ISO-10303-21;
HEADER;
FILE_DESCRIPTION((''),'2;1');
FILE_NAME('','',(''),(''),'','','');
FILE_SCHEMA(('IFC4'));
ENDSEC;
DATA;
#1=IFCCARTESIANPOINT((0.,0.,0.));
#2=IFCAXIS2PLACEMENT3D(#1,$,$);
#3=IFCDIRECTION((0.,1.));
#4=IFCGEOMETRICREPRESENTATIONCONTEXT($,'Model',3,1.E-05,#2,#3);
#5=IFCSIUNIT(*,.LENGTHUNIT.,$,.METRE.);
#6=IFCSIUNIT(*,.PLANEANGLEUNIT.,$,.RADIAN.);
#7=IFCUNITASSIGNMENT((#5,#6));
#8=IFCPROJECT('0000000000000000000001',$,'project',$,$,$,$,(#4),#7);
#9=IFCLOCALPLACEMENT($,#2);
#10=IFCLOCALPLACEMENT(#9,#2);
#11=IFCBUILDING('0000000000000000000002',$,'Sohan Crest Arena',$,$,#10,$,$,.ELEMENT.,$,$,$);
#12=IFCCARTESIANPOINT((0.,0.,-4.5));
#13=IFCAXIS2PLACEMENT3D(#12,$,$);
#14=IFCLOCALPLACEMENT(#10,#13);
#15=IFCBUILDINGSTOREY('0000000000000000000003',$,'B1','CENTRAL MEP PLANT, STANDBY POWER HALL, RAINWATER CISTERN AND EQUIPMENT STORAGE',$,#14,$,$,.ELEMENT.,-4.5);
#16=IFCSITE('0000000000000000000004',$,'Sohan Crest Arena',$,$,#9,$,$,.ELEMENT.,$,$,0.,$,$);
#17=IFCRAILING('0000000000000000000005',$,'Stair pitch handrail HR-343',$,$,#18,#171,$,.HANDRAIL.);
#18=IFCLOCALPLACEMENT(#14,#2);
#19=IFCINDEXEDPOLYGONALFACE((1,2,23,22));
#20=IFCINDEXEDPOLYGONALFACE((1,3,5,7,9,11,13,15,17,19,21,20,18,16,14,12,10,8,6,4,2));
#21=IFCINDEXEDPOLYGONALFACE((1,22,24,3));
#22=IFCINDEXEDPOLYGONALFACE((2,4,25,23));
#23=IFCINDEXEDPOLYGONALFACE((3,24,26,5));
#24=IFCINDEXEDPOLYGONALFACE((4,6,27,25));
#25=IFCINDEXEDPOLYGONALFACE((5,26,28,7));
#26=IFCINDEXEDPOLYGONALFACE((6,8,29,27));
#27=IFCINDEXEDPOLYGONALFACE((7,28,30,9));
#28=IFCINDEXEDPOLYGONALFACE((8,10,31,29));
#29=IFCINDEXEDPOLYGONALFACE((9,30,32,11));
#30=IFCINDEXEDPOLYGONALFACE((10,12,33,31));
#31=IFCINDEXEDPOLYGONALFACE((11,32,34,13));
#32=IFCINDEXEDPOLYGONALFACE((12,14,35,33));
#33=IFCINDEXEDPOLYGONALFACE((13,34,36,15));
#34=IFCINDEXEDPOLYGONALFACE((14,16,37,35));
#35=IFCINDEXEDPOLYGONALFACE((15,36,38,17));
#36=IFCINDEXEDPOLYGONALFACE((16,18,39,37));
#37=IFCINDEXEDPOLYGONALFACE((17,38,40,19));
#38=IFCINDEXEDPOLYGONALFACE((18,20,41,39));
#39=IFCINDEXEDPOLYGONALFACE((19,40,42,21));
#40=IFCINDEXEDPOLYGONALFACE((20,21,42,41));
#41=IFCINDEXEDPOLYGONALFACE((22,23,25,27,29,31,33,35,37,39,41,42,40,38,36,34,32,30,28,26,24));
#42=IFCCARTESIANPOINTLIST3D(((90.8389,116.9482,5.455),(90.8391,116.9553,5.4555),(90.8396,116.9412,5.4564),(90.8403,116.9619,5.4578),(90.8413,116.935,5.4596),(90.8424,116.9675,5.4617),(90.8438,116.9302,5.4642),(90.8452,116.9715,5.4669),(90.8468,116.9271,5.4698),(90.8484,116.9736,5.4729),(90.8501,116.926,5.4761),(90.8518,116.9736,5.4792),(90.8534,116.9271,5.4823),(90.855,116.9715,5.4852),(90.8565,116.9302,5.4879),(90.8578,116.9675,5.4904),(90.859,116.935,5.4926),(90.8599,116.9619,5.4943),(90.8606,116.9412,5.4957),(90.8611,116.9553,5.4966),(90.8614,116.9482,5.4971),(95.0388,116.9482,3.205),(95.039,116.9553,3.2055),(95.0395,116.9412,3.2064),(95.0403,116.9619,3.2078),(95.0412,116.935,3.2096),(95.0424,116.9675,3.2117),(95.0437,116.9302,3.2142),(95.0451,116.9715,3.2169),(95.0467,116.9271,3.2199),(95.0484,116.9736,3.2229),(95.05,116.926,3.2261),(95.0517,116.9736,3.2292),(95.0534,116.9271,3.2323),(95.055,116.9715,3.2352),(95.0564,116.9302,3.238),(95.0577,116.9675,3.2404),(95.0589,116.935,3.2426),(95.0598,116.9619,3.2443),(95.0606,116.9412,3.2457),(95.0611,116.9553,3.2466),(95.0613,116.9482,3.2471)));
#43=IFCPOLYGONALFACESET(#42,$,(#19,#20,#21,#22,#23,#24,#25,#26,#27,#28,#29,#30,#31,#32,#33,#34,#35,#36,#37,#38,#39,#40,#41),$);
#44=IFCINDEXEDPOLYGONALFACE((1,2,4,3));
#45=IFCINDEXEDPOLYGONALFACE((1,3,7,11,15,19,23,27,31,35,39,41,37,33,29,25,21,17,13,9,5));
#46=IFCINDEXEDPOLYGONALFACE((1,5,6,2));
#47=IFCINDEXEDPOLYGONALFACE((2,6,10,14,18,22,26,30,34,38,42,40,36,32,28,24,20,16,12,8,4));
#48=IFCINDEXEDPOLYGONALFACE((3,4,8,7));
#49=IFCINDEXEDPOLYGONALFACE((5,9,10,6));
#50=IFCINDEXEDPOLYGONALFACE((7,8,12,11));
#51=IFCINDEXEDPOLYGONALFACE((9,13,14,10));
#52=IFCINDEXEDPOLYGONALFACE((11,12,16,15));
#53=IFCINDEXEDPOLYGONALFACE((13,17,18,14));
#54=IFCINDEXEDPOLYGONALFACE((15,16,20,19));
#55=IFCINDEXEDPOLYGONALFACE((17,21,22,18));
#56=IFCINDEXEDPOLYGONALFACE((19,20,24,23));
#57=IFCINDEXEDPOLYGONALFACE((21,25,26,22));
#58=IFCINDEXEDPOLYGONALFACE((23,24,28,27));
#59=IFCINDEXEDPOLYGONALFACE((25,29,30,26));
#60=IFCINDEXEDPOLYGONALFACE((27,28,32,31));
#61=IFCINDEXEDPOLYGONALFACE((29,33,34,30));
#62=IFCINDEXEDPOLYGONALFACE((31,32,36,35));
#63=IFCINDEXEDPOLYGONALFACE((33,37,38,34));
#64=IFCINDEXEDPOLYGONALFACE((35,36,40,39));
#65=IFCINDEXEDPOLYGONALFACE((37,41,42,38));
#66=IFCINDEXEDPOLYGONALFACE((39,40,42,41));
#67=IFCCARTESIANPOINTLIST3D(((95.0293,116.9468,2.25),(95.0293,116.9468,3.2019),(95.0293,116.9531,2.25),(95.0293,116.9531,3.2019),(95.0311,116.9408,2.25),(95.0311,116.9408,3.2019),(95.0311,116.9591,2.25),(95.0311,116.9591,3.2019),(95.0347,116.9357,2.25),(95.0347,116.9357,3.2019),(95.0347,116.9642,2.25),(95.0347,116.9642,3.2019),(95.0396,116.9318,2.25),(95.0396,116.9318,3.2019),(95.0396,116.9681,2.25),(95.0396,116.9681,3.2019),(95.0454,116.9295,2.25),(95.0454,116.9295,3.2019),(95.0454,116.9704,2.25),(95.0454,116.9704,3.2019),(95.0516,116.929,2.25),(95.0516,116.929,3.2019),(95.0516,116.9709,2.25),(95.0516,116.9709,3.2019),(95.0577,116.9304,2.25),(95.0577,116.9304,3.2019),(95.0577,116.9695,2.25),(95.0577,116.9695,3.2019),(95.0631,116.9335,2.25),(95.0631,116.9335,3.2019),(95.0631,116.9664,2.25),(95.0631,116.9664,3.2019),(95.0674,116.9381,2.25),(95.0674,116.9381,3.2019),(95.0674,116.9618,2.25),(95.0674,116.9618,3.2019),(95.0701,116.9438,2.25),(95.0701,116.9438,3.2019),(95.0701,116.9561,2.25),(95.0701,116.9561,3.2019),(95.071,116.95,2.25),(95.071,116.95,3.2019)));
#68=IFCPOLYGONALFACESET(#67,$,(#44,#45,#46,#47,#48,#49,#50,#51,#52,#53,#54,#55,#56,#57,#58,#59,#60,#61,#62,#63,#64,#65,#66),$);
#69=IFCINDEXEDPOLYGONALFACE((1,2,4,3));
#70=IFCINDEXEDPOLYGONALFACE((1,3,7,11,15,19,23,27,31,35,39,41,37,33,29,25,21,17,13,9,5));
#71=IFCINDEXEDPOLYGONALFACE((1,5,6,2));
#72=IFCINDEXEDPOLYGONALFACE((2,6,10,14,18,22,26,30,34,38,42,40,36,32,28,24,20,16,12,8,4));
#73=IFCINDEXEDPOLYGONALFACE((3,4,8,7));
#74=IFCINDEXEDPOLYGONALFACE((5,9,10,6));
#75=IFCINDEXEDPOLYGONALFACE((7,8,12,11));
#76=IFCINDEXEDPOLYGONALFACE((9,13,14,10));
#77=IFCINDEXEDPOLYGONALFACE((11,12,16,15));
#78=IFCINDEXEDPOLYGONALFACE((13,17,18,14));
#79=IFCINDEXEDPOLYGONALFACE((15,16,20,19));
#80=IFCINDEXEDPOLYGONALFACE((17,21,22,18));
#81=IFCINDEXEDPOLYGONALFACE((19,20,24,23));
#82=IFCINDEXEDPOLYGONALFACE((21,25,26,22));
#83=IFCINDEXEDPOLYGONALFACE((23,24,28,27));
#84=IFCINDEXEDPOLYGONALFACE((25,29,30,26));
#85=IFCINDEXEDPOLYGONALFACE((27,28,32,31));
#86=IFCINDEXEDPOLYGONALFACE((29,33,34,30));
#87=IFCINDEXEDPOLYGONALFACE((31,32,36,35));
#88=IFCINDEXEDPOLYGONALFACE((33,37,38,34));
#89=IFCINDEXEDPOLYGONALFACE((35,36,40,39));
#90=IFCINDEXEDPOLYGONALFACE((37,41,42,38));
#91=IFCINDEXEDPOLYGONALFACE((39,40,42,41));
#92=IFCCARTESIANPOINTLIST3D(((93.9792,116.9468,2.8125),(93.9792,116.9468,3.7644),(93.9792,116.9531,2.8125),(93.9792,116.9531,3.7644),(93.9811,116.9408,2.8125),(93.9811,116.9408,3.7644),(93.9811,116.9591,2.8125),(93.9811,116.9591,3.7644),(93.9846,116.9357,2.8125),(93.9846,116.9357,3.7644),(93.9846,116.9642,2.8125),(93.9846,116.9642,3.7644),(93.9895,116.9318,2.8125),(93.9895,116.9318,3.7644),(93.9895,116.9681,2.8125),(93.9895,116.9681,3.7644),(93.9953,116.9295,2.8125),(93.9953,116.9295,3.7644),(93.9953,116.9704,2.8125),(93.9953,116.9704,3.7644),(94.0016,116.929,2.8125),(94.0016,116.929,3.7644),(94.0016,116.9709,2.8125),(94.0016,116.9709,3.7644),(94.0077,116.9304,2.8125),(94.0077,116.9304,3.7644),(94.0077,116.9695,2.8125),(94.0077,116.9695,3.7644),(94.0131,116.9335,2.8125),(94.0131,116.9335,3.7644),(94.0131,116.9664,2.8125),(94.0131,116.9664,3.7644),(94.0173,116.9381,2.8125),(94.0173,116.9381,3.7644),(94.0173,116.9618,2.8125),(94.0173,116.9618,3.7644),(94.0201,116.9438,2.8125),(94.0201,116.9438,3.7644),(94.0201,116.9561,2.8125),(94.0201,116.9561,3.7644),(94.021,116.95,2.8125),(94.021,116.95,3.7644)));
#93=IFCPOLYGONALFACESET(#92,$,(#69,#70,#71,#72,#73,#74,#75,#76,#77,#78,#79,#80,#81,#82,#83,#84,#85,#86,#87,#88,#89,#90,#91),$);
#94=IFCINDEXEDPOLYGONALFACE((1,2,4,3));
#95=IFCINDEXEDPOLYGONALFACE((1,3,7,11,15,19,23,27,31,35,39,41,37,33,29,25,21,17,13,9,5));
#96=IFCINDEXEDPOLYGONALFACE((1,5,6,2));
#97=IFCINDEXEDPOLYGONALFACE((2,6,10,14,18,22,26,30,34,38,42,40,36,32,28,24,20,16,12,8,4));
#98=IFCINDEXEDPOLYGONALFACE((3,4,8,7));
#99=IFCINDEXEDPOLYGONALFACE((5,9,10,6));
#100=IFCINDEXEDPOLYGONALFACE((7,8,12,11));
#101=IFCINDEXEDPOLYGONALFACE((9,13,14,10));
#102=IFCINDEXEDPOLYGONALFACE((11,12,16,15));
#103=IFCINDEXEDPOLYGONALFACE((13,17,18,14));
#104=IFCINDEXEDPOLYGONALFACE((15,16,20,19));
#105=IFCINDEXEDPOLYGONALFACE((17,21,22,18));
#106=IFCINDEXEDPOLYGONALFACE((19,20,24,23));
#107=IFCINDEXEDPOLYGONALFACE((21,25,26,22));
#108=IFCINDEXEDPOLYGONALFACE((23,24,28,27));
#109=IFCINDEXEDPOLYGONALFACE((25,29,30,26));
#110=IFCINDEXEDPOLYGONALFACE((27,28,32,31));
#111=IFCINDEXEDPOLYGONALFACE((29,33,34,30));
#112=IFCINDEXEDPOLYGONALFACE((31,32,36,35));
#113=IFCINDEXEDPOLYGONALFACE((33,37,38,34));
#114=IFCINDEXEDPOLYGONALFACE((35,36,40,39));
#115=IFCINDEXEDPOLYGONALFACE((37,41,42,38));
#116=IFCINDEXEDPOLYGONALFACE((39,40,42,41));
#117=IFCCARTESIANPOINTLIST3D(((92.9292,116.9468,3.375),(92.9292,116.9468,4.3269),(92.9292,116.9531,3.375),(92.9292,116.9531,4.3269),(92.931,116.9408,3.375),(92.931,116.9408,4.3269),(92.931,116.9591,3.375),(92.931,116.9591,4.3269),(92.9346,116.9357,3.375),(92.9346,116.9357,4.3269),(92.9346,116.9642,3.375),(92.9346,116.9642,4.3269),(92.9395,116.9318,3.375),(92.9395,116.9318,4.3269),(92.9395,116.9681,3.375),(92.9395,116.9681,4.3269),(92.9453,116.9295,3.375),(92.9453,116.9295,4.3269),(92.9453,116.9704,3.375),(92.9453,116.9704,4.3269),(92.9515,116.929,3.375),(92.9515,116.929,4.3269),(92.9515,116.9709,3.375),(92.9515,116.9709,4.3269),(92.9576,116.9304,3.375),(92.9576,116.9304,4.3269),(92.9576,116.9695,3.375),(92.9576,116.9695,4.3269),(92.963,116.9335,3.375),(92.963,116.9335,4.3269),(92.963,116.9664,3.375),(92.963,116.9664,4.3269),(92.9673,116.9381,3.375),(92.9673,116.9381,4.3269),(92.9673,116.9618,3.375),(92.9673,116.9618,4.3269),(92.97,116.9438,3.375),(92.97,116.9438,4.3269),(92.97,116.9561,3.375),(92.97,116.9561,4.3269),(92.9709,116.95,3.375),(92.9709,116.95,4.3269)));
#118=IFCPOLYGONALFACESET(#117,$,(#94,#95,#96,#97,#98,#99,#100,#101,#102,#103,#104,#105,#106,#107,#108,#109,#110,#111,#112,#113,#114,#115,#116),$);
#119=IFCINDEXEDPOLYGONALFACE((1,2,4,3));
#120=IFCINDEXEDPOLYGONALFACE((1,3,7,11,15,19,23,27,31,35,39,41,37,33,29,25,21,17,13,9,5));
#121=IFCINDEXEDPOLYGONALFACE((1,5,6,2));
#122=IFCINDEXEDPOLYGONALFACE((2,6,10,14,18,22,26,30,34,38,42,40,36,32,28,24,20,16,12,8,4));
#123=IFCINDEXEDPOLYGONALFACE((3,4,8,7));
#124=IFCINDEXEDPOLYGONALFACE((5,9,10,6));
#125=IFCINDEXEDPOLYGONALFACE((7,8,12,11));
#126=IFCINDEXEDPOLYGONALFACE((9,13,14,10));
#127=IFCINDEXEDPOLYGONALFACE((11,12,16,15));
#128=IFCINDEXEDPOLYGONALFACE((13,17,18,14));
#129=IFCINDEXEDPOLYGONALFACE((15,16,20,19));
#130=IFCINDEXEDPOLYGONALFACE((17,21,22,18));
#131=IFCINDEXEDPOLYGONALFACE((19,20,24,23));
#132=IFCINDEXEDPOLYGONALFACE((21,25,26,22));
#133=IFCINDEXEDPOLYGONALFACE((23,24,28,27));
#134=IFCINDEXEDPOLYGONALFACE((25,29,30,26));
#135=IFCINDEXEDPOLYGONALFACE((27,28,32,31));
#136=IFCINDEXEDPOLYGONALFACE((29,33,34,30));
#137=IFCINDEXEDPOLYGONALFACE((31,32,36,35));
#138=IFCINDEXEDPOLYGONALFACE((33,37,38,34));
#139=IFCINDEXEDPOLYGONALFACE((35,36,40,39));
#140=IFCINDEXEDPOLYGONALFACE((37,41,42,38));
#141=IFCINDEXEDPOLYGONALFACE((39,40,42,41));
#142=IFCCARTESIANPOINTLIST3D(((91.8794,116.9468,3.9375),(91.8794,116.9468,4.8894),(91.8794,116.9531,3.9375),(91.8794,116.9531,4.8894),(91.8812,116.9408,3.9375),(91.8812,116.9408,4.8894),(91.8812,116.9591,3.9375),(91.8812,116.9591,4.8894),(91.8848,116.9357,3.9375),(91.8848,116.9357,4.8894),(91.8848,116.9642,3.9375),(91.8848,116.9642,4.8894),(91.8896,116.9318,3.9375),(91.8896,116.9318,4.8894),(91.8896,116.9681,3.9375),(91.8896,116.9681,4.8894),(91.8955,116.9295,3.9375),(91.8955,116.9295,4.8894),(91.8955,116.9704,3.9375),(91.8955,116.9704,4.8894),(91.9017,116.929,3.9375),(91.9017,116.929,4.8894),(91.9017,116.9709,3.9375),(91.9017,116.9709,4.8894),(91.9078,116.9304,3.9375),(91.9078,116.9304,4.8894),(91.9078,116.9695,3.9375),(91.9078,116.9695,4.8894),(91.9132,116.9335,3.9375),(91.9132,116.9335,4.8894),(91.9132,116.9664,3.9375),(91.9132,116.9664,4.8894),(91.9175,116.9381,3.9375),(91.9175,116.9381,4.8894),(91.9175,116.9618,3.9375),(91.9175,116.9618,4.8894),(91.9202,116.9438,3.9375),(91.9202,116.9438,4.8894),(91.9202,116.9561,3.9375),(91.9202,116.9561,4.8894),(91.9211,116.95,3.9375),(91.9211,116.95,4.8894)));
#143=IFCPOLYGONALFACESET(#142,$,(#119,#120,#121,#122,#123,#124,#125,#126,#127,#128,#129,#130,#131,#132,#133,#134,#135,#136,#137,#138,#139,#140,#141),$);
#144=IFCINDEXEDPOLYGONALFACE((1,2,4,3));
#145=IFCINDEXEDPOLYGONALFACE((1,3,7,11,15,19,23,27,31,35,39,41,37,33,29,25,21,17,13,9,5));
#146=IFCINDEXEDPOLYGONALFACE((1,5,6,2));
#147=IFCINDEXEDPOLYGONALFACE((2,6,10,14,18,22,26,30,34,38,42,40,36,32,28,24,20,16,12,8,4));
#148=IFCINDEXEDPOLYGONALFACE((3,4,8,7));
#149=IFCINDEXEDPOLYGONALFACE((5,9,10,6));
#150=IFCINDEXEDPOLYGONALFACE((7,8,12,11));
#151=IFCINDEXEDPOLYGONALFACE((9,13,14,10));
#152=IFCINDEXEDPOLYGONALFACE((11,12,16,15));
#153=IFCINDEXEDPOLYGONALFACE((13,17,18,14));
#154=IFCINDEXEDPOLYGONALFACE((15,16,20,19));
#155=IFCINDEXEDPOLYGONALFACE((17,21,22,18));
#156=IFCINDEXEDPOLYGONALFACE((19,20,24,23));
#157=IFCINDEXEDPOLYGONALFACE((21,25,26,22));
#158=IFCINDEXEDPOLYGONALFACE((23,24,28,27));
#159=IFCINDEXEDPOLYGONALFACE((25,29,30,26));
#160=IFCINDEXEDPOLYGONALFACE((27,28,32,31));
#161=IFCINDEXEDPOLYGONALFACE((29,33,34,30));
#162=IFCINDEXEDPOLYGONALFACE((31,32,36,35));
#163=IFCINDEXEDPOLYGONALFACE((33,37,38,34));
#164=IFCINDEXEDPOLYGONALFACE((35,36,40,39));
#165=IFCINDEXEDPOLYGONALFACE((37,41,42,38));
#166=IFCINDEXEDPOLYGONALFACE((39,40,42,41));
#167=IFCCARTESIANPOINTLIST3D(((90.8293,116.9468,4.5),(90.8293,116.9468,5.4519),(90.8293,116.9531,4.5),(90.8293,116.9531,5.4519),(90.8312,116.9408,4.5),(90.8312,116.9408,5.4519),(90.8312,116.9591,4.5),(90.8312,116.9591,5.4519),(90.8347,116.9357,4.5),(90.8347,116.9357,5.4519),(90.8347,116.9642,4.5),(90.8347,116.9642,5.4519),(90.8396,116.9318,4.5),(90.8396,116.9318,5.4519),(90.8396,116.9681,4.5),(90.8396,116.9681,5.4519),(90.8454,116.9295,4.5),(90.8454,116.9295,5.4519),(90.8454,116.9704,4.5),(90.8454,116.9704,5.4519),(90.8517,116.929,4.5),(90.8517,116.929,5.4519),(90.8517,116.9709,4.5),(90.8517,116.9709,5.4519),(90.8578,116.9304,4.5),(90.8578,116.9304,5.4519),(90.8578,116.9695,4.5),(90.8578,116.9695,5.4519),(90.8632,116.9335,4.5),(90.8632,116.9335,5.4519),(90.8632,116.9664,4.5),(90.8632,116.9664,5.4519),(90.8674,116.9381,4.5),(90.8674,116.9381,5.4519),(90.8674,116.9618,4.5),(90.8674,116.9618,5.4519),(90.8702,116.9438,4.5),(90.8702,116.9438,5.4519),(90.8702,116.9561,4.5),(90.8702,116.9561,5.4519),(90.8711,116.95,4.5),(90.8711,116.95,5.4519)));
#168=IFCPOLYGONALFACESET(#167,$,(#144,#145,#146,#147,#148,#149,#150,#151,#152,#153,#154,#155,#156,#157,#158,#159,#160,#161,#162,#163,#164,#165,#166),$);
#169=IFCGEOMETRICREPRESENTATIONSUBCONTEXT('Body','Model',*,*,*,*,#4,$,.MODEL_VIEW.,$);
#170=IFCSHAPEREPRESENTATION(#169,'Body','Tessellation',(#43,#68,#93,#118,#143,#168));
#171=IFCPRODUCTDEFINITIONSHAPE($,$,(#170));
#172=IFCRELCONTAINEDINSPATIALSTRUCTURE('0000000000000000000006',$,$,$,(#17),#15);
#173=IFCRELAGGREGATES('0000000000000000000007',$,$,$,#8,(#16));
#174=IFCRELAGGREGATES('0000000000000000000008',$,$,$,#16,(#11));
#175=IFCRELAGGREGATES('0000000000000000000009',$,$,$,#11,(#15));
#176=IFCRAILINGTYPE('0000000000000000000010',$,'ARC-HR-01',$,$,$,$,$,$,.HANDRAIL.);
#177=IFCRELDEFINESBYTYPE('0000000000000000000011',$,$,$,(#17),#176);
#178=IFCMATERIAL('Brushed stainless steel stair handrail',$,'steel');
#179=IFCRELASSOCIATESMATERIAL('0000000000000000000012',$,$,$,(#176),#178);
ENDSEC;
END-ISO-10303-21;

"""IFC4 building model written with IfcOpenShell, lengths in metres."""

from ifc_helpers import new_model, si_unit, direction, frame, origin, origin_2d, place, context, subcontext, project, spatial, circle, extrude, material, type_object, element, save


model = new_model("IFC4")

# Units and contexts
model_context = context("Model", 3, precision=1e-05, world=origin(), true_north=direction((0.0, 1.0)))
body_context = subcontext(model_context, "Body", "Model", "MODEL_VIEW")
ifc_project = project(units=[si_unit("LENGTHUNIT", "METRE"), si_unit("PLANEANGLEUNIT", "RADIAN")], contexts=[model_context])

# Site, building, storey
site_placement = place(None, origin())
site = spatial("IfcSite", under=ifc_project, at=site_placement, Name="Sohan Crest Arena", CompositionType="ELEMENT", RefElevation=0.0)
building_placement = place(site_placement, origin())
building = spatial("IfcBuilding", under=site, at=building_placement, Name="Sohan Crest Arena", CompositionType="ELEMENT")
storey_placement = place(building_placement, frame((0.0, 0.0, -4.5)))
storey = spatial("IfcBuildingStorey", under=building, at=storey_placement, Name="B1", Description="CENTRAL MEP PLANT, STANDBY POWER HALL, RAINWATER CISTERN AND EQUIPMENT STORAGE", CompositionType="ELEMENT", Elevation=-4.5)

# Railing
ifc_material_1 = material(Name="Brushed stainless steel stair handrail", Category="steel")
railing_type_1 = type_object("IfcRailingType", Name="ARC-HR-01", PredefinedType="HANDRAIL", material=ifc_material_1)
railing_1_placement = place(storey_placement, frame((95.05, 116.95, 2.25)))
element("IfcRailing", 1, at=railing_1_placement, inside=storey, type_object=railing_type_1, Name="Stair pitch handrail HR-343", PredefinedType="HANDRAIL", context=body_context, shape_type="SweptSolid", body=[
    extrude(circle(Radius=0.0239, at=origin_2d()), frame((0.0, 0.0, 0.9761), z_axis=(-0.881478, 0.0, 0.472226), x_axis=(0.0, -1.0, 0.0)), (0.0, 0.0, 1.0), 4.7646),
    extrude(circle(Radius=0.021, at=origin_2d()), origin(), (0.0, 0.0, 1.0), 0.9519),
    extrude(circle(Radius=0.021, at=origin_2d()), frame((-1.05, 0.0, 0.5625)), (0.0, 0.0, 1.0), 0.9519),
    extrude(circle(Radius=0.021, at=origin_2d()), frame((-2.1001, 0.0, 1.125)), (0.0, 0.0, 1.0), 0.9519),
    extrude(circle(Radius=0.021, at=origin_2d()), frame((-3.1499, 0.0, 1.6875)), (0.0, 0.0, 1.0), 0.9519),
    extrude(circle(Radius=0.021, at=origin_2d()), frame((-4.2, 0.0, 2.25)), (0.0, 0.0, 1.0), 0.9519),
])

save(model, "model.ifc")
